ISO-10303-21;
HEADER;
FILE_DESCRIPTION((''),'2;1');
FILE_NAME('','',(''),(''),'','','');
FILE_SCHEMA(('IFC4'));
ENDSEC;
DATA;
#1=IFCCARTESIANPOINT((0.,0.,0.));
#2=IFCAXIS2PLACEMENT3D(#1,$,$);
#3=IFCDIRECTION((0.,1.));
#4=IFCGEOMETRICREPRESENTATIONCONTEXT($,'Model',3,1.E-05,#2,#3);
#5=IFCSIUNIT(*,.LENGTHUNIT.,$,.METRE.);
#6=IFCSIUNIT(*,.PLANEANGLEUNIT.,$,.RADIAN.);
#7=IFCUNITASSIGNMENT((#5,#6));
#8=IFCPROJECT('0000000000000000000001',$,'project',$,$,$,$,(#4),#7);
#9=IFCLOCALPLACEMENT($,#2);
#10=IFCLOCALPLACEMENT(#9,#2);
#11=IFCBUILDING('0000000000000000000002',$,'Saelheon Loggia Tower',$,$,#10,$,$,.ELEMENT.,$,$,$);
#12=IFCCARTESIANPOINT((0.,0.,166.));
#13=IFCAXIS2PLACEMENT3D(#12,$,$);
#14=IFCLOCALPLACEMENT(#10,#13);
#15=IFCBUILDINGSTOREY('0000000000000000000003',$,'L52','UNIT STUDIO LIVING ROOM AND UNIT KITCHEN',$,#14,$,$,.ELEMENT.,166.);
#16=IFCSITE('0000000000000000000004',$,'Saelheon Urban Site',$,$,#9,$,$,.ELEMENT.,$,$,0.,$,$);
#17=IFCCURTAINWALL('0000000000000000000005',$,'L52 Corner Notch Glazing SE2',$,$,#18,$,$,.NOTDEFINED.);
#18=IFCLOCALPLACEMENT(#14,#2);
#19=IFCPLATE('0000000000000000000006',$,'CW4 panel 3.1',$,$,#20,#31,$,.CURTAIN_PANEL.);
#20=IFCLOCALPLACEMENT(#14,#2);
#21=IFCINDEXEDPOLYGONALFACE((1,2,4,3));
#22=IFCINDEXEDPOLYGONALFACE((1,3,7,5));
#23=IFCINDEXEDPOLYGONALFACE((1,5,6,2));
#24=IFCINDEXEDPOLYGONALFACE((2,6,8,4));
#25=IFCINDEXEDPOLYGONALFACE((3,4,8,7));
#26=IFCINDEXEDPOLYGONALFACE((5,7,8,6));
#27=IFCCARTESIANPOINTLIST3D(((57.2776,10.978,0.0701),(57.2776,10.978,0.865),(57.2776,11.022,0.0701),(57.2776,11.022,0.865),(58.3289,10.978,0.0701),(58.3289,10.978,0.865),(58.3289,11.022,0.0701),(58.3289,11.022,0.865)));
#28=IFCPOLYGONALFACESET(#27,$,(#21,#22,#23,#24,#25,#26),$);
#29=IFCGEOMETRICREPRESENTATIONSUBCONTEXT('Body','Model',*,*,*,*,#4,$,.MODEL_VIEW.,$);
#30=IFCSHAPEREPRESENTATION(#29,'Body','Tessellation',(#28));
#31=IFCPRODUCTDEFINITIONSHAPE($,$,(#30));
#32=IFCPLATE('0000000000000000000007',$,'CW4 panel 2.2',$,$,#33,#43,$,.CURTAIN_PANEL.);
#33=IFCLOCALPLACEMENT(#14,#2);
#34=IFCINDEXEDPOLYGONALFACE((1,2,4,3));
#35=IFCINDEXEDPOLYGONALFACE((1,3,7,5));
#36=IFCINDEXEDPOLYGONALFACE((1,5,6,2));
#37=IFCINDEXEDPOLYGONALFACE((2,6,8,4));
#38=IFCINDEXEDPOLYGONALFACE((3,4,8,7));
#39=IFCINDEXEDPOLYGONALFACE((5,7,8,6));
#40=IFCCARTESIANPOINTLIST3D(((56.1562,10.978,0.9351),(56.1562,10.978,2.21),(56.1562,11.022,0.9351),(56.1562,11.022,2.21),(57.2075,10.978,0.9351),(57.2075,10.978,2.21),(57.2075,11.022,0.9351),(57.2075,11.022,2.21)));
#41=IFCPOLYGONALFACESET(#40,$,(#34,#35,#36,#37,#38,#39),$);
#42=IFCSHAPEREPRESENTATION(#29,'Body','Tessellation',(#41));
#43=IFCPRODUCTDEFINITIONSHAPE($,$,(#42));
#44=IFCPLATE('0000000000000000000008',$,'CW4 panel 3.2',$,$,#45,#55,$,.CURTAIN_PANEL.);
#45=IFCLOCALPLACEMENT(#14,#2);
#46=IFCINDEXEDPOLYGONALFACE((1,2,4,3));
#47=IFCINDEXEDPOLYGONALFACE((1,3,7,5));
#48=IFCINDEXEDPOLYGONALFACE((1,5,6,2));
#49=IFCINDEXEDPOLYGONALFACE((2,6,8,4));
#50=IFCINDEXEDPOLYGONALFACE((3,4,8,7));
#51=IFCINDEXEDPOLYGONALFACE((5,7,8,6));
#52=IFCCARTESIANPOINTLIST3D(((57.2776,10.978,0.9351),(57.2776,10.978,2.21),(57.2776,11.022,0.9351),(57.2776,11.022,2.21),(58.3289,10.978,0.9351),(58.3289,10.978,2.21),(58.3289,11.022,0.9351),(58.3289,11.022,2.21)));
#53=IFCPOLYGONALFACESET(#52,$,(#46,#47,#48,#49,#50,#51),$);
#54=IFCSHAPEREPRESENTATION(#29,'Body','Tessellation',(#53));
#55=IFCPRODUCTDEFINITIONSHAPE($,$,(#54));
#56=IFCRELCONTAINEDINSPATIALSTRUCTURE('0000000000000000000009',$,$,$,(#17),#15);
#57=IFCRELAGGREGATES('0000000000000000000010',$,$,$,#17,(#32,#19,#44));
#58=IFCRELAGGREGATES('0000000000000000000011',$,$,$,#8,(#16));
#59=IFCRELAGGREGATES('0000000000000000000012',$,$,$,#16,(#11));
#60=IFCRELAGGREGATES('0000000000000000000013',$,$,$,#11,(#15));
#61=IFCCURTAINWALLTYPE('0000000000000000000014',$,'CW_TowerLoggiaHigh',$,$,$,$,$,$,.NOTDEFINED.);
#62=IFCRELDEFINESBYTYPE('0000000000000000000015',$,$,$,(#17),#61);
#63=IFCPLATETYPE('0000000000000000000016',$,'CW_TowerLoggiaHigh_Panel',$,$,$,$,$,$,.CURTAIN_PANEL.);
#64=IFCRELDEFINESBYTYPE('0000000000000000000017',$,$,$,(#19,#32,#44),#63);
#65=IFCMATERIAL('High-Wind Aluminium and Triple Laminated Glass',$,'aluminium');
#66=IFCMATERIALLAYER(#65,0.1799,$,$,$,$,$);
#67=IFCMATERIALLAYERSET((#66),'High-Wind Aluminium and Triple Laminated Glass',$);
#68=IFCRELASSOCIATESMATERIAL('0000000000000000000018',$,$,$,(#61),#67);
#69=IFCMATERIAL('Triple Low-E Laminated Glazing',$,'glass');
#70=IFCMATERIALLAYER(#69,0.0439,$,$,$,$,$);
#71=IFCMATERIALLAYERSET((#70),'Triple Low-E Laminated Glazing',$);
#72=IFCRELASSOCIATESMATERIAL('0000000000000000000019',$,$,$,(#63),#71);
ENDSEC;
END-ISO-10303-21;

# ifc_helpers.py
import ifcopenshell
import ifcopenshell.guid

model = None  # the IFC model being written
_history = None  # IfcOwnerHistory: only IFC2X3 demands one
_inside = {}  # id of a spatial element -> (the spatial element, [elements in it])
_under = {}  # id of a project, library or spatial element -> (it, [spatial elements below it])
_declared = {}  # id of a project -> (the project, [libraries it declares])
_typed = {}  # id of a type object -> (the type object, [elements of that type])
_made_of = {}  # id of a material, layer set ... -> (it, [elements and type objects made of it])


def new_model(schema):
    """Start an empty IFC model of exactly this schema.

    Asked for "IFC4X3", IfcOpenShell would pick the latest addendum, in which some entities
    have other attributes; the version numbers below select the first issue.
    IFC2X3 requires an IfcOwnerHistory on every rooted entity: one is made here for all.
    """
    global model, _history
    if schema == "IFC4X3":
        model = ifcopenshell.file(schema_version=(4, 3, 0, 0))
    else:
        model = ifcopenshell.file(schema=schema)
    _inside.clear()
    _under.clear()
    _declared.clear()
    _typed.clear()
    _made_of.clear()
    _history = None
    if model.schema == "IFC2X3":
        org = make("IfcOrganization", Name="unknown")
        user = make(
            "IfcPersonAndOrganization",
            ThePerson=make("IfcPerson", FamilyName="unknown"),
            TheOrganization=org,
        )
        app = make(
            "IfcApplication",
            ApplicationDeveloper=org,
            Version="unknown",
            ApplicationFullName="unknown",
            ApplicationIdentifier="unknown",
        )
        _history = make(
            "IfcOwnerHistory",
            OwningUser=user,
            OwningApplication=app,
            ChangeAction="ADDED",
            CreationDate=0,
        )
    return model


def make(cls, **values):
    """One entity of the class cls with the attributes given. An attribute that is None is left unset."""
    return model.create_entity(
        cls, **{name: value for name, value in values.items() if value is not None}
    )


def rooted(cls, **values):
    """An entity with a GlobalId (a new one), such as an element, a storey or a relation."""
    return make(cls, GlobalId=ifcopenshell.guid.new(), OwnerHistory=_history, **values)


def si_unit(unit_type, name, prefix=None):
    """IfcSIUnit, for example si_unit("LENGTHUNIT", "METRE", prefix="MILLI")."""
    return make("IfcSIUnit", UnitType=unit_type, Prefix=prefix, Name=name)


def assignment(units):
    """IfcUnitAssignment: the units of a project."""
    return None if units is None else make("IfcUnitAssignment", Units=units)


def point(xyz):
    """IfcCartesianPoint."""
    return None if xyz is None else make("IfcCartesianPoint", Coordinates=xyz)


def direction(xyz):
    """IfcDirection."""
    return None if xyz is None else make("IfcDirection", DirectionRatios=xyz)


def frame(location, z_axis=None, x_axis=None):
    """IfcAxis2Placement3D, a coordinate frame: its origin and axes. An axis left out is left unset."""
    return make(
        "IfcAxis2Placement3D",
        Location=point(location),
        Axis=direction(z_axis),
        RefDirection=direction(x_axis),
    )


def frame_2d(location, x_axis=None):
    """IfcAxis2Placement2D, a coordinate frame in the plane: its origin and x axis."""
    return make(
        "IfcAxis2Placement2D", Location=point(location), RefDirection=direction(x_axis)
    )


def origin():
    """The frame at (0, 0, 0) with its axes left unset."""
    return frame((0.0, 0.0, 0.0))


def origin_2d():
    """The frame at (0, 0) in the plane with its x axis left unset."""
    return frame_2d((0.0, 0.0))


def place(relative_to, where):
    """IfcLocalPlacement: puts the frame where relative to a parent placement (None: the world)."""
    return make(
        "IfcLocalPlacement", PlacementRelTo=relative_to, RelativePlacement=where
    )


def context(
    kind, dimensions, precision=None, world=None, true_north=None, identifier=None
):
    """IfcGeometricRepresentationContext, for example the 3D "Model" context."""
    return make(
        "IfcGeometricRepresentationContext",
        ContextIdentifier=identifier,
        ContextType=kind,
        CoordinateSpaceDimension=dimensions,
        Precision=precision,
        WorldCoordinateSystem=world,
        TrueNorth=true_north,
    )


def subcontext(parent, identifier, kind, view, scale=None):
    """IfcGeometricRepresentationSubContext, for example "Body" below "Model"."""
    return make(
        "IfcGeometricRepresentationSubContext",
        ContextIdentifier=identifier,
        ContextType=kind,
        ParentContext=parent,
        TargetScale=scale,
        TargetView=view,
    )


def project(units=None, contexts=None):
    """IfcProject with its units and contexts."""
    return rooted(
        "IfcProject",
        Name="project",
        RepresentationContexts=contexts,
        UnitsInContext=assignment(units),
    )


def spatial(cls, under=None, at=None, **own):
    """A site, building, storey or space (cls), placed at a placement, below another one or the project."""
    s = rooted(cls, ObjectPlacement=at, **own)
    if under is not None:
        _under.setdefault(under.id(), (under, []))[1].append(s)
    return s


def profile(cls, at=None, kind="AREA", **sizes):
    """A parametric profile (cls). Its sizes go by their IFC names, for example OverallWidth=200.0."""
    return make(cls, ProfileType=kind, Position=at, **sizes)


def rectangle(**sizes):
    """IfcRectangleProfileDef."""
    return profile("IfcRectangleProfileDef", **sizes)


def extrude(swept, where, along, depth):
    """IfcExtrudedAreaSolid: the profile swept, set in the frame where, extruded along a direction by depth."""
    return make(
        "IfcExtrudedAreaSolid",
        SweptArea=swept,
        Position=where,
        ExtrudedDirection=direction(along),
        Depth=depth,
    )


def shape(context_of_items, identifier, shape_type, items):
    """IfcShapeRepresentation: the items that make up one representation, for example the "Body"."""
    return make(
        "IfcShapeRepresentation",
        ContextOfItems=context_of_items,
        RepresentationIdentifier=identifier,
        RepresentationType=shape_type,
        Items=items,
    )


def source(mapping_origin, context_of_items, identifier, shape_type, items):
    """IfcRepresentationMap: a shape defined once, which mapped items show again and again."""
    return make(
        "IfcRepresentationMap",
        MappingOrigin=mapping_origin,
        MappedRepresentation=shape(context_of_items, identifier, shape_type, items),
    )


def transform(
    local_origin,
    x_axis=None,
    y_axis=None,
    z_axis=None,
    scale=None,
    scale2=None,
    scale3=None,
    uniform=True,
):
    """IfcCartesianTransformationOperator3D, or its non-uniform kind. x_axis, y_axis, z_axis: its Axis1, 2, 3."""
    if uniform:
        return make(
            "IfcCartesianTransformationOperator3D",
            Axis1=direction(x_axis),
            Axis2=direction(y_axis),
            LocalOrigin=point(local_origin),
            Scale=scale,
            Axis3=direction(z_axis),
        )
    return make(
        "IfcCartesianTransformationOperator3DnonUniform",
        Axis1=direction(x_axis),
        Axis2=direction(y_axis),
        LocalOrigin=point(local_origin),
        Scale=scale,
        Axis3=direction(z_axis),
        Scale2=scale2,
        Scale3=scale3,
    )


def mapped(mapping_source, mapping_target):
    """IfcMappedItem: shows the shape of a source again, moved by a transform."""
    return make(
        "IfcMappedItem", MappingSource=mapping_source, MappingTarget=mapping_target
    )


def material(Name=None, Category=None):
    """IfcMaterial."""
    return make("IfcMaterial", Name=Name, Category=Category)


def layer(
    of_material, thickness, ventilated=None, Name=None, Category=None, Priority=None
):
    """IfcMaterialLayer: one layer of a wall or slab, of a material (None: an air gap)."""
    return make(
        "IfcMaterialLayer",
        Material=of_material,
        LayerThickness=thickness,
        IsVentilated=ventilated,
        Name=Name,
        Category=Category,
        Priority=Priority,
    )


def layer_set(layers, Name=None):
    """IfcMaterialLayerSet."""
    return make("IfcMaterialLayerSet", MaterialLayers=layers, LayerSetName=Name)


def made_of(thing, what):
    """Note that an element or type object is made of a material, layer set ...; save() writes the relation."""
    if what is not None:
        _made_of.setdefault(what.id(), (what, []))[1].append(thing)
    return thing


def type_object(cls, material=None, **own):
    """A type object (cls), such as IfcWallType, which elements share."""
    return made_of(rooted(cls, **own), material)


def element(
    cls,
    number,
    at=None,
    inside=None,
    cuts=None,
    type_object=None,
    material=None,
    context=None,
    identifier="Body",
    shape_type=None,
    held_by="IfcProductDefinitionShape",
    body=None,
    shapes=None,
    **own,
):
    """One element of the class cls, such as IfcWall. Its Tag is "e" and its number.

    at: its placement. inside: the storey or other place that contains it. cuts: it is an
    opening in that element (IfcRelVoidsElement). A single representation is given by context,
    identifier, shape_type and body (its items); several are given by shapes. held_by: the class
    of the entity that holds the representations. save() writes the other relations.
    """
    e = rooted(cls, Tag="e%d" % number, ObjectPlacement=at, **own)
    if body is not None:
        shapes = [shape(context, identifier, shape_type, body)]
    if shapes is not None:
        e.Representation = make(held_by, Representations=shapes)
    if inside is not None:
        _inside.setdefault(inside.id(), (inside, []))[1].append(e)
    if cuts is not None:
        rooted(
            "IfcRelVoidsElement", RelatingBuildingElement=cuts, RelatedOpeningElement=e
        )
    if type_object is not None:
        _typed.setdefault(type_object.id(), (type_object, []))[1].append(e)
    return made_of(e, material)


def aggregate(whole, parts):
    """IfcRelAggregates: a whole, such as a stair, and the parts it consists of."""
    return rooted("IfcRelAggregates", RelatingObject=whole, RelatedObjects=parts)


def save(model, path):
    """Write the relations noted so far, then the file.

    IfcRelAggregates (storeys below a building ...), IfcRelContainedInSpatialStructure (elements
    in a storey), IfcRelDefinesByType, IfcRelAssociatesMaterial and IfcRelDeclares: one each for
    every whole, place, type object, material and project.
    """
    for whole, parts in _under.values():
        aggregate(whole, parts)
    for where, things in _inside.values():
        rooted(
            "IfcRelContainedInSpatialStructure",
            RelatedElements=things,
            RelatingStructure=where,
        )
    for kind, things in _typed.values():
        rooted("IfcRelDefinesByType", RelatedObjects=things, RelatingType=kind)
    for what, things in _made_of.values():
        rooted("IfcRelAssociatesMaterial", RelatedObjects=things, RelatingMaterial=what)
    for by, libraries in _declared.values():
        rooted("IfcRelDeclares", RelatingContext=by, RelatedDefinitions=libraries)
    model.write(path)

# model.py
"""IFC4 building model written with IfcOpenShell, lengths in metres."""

from ifc_helpers import new_model, si_unit, direction, frame, origin, origin_2d, place, context, subcontext, project, spatial, rectangle, extrude, source, transform, mapped, material, layer, layer_set, type_object, element, aggregate, save


model = new_model("IFC4")

# Units and contexts
model_context = context("Model", 3, precision=1e-05, world=origin(), true_north=direction((0.0, 1.0)))
body_context = subcontext(model_context, "Body", "Model", "MODEL_VIEW")
ifc_project = project(units=[si_unit("LENGTHUNIT", "METRE"), si_unit("PLANEANGLEUNIT", "RADIAN")], contexts=[model_context])

# Site, building, storey
site_placement = place(None, origin())
site = spatial("IfcSite", under=ifc_project, at=site_placement, Name="Saelheon Urban Site", CompositionType="ELEMENT", RefElevation=0.0)
building_placement = place(site_placement, origin())
building = spatial("IfcBuilding", under=site, at=building_placement, Name="Saelheon Loggia Tower", CompositionType="ELEMENT")
storey_placement = place(building_placement, frame((0.0, 0.0, 166.0)))
storey = spatial("IfcBuildingStorey", under=building, at=storey_placement, Name="L52", Description="UNIT STUDIO LIVING ROOM AND UNIT KITCHEN", CompositionType="ELEMENT", Elevation=166.0)

# Curtain wall, plates
ifc_material_1 = material(Name="High-Wind Aluminium and Triple Laminated Glass", Category="aluminium")
ifc_layer_1 = layer(ifc_material_1, 0.1799)
ifc_layer_set_1 = layer_set([ifc_layer_1], Name="High-Wind Aluminium and Triple Laminated Glass")
curtain_wall_type = type_object("IfcCurtainWallType", Name="CW_TowerLoggiaHigh", PredefinedType="NOTDEFINED", material=ifc_layer_set_1)
curtain_wall_placement = place(storey_placement, origin())
curtain_wall = element("IfcCurtainWall", 1, at=curtain_wall_placement, inside=storey, type_object=curtain_wall_type, Name="L52 Corner Notch Glazing SE2", PredefinedType="NOTDEFINED")
ifc_material_2 = material(Name="Triple Low-E Laminated Glazing", Category="glass")
ifc_layer_2 = layer(ifc_material_2, 0.0439)
ifc_layer_set_2 = layer_set([ifc_layer_2], Name="Triple Low-E Laminated Glazing")
plate_type = type_object("IfcPlateType", Name="CW_TowerLoggiaHigh_Panel", PredefinedType="CURTAIN_PANEL", material=ifc_layer_set_2)
shared_shape_1 = source(origin(), body_context, "Body", "SweptSolid", [
    extrude(rectangle(XDim=1.0513, YDim=0.0439, at=origin_2d()), origin(), (0.0, 0.0, 1.0), 0.7949),
])
plate_1_placement = place(storey_placement, frame((57.8032, 11.0, 0.0701), z_axis=(0.0, 0.0, 1.0), x_axis=(1.0, 0.0, 0.0)))
plate_1 = element("IfcPlate", 2, at=plate_1_placement, type_object=plate_type, Name="CW4 panel 3.1", PredefinedType="CURTAIN_PANEL", context=body_context, shape_type="MappedRepresentation", body=[
    mapped(shared_shape_1, transform((0.0, 0.0, 0.0), scale=1.0)),
])
shared_shape_2 = source(origin(), body_context, "Body", "SweptSolid", [
    extrude(rectangle(XDim=1.0513, YDim=0.0439, at=origin_2d()), origin(), (0.0, 0.0, 1.0), 1.2749),
])
plate_2_placement = place(storey_placement, frame((56.6819, 11.0, 0.9351), z_axis=(0.0, 0.0, 1.0), x_axis=(1.0, 0.0, 0.0)))
plate_2 = element("IfcPlate", 3, at=plate_2_placement, type_object=plate_type, Name="CW4 panel 2.2", PredefinedType="CURTAIN_PANEL", context=body_context, shape_type="MappedRepresentation", body=[
    mapped(shared_shape_2, transform((0.0, 0.0, 0.0), scale=1.0)),
])
plate_3_placement = place(storey_placement, frame((57.8032, 11.0, 0.9351), z_axis=(0.0, 0.0, 1.0), x_axis=(1.0, 0.0, 0.0)))
plate_3 = element("IfcPlate", 4, at=plate_3_placement, type_object=plate_type, Name="CW4 panel 3.2", PredefinedType="CURTAIN_PANEL", context=body_context, shape_type="MappedRepresentation", body=[
    mapped(shared_shape_2, transform((0.0, 0.0, 0.0), scale=1.0)),
])
aggregate(curtain_wall, [plate_2, plate_1, plate_3])

save(model, "model.ifc")
